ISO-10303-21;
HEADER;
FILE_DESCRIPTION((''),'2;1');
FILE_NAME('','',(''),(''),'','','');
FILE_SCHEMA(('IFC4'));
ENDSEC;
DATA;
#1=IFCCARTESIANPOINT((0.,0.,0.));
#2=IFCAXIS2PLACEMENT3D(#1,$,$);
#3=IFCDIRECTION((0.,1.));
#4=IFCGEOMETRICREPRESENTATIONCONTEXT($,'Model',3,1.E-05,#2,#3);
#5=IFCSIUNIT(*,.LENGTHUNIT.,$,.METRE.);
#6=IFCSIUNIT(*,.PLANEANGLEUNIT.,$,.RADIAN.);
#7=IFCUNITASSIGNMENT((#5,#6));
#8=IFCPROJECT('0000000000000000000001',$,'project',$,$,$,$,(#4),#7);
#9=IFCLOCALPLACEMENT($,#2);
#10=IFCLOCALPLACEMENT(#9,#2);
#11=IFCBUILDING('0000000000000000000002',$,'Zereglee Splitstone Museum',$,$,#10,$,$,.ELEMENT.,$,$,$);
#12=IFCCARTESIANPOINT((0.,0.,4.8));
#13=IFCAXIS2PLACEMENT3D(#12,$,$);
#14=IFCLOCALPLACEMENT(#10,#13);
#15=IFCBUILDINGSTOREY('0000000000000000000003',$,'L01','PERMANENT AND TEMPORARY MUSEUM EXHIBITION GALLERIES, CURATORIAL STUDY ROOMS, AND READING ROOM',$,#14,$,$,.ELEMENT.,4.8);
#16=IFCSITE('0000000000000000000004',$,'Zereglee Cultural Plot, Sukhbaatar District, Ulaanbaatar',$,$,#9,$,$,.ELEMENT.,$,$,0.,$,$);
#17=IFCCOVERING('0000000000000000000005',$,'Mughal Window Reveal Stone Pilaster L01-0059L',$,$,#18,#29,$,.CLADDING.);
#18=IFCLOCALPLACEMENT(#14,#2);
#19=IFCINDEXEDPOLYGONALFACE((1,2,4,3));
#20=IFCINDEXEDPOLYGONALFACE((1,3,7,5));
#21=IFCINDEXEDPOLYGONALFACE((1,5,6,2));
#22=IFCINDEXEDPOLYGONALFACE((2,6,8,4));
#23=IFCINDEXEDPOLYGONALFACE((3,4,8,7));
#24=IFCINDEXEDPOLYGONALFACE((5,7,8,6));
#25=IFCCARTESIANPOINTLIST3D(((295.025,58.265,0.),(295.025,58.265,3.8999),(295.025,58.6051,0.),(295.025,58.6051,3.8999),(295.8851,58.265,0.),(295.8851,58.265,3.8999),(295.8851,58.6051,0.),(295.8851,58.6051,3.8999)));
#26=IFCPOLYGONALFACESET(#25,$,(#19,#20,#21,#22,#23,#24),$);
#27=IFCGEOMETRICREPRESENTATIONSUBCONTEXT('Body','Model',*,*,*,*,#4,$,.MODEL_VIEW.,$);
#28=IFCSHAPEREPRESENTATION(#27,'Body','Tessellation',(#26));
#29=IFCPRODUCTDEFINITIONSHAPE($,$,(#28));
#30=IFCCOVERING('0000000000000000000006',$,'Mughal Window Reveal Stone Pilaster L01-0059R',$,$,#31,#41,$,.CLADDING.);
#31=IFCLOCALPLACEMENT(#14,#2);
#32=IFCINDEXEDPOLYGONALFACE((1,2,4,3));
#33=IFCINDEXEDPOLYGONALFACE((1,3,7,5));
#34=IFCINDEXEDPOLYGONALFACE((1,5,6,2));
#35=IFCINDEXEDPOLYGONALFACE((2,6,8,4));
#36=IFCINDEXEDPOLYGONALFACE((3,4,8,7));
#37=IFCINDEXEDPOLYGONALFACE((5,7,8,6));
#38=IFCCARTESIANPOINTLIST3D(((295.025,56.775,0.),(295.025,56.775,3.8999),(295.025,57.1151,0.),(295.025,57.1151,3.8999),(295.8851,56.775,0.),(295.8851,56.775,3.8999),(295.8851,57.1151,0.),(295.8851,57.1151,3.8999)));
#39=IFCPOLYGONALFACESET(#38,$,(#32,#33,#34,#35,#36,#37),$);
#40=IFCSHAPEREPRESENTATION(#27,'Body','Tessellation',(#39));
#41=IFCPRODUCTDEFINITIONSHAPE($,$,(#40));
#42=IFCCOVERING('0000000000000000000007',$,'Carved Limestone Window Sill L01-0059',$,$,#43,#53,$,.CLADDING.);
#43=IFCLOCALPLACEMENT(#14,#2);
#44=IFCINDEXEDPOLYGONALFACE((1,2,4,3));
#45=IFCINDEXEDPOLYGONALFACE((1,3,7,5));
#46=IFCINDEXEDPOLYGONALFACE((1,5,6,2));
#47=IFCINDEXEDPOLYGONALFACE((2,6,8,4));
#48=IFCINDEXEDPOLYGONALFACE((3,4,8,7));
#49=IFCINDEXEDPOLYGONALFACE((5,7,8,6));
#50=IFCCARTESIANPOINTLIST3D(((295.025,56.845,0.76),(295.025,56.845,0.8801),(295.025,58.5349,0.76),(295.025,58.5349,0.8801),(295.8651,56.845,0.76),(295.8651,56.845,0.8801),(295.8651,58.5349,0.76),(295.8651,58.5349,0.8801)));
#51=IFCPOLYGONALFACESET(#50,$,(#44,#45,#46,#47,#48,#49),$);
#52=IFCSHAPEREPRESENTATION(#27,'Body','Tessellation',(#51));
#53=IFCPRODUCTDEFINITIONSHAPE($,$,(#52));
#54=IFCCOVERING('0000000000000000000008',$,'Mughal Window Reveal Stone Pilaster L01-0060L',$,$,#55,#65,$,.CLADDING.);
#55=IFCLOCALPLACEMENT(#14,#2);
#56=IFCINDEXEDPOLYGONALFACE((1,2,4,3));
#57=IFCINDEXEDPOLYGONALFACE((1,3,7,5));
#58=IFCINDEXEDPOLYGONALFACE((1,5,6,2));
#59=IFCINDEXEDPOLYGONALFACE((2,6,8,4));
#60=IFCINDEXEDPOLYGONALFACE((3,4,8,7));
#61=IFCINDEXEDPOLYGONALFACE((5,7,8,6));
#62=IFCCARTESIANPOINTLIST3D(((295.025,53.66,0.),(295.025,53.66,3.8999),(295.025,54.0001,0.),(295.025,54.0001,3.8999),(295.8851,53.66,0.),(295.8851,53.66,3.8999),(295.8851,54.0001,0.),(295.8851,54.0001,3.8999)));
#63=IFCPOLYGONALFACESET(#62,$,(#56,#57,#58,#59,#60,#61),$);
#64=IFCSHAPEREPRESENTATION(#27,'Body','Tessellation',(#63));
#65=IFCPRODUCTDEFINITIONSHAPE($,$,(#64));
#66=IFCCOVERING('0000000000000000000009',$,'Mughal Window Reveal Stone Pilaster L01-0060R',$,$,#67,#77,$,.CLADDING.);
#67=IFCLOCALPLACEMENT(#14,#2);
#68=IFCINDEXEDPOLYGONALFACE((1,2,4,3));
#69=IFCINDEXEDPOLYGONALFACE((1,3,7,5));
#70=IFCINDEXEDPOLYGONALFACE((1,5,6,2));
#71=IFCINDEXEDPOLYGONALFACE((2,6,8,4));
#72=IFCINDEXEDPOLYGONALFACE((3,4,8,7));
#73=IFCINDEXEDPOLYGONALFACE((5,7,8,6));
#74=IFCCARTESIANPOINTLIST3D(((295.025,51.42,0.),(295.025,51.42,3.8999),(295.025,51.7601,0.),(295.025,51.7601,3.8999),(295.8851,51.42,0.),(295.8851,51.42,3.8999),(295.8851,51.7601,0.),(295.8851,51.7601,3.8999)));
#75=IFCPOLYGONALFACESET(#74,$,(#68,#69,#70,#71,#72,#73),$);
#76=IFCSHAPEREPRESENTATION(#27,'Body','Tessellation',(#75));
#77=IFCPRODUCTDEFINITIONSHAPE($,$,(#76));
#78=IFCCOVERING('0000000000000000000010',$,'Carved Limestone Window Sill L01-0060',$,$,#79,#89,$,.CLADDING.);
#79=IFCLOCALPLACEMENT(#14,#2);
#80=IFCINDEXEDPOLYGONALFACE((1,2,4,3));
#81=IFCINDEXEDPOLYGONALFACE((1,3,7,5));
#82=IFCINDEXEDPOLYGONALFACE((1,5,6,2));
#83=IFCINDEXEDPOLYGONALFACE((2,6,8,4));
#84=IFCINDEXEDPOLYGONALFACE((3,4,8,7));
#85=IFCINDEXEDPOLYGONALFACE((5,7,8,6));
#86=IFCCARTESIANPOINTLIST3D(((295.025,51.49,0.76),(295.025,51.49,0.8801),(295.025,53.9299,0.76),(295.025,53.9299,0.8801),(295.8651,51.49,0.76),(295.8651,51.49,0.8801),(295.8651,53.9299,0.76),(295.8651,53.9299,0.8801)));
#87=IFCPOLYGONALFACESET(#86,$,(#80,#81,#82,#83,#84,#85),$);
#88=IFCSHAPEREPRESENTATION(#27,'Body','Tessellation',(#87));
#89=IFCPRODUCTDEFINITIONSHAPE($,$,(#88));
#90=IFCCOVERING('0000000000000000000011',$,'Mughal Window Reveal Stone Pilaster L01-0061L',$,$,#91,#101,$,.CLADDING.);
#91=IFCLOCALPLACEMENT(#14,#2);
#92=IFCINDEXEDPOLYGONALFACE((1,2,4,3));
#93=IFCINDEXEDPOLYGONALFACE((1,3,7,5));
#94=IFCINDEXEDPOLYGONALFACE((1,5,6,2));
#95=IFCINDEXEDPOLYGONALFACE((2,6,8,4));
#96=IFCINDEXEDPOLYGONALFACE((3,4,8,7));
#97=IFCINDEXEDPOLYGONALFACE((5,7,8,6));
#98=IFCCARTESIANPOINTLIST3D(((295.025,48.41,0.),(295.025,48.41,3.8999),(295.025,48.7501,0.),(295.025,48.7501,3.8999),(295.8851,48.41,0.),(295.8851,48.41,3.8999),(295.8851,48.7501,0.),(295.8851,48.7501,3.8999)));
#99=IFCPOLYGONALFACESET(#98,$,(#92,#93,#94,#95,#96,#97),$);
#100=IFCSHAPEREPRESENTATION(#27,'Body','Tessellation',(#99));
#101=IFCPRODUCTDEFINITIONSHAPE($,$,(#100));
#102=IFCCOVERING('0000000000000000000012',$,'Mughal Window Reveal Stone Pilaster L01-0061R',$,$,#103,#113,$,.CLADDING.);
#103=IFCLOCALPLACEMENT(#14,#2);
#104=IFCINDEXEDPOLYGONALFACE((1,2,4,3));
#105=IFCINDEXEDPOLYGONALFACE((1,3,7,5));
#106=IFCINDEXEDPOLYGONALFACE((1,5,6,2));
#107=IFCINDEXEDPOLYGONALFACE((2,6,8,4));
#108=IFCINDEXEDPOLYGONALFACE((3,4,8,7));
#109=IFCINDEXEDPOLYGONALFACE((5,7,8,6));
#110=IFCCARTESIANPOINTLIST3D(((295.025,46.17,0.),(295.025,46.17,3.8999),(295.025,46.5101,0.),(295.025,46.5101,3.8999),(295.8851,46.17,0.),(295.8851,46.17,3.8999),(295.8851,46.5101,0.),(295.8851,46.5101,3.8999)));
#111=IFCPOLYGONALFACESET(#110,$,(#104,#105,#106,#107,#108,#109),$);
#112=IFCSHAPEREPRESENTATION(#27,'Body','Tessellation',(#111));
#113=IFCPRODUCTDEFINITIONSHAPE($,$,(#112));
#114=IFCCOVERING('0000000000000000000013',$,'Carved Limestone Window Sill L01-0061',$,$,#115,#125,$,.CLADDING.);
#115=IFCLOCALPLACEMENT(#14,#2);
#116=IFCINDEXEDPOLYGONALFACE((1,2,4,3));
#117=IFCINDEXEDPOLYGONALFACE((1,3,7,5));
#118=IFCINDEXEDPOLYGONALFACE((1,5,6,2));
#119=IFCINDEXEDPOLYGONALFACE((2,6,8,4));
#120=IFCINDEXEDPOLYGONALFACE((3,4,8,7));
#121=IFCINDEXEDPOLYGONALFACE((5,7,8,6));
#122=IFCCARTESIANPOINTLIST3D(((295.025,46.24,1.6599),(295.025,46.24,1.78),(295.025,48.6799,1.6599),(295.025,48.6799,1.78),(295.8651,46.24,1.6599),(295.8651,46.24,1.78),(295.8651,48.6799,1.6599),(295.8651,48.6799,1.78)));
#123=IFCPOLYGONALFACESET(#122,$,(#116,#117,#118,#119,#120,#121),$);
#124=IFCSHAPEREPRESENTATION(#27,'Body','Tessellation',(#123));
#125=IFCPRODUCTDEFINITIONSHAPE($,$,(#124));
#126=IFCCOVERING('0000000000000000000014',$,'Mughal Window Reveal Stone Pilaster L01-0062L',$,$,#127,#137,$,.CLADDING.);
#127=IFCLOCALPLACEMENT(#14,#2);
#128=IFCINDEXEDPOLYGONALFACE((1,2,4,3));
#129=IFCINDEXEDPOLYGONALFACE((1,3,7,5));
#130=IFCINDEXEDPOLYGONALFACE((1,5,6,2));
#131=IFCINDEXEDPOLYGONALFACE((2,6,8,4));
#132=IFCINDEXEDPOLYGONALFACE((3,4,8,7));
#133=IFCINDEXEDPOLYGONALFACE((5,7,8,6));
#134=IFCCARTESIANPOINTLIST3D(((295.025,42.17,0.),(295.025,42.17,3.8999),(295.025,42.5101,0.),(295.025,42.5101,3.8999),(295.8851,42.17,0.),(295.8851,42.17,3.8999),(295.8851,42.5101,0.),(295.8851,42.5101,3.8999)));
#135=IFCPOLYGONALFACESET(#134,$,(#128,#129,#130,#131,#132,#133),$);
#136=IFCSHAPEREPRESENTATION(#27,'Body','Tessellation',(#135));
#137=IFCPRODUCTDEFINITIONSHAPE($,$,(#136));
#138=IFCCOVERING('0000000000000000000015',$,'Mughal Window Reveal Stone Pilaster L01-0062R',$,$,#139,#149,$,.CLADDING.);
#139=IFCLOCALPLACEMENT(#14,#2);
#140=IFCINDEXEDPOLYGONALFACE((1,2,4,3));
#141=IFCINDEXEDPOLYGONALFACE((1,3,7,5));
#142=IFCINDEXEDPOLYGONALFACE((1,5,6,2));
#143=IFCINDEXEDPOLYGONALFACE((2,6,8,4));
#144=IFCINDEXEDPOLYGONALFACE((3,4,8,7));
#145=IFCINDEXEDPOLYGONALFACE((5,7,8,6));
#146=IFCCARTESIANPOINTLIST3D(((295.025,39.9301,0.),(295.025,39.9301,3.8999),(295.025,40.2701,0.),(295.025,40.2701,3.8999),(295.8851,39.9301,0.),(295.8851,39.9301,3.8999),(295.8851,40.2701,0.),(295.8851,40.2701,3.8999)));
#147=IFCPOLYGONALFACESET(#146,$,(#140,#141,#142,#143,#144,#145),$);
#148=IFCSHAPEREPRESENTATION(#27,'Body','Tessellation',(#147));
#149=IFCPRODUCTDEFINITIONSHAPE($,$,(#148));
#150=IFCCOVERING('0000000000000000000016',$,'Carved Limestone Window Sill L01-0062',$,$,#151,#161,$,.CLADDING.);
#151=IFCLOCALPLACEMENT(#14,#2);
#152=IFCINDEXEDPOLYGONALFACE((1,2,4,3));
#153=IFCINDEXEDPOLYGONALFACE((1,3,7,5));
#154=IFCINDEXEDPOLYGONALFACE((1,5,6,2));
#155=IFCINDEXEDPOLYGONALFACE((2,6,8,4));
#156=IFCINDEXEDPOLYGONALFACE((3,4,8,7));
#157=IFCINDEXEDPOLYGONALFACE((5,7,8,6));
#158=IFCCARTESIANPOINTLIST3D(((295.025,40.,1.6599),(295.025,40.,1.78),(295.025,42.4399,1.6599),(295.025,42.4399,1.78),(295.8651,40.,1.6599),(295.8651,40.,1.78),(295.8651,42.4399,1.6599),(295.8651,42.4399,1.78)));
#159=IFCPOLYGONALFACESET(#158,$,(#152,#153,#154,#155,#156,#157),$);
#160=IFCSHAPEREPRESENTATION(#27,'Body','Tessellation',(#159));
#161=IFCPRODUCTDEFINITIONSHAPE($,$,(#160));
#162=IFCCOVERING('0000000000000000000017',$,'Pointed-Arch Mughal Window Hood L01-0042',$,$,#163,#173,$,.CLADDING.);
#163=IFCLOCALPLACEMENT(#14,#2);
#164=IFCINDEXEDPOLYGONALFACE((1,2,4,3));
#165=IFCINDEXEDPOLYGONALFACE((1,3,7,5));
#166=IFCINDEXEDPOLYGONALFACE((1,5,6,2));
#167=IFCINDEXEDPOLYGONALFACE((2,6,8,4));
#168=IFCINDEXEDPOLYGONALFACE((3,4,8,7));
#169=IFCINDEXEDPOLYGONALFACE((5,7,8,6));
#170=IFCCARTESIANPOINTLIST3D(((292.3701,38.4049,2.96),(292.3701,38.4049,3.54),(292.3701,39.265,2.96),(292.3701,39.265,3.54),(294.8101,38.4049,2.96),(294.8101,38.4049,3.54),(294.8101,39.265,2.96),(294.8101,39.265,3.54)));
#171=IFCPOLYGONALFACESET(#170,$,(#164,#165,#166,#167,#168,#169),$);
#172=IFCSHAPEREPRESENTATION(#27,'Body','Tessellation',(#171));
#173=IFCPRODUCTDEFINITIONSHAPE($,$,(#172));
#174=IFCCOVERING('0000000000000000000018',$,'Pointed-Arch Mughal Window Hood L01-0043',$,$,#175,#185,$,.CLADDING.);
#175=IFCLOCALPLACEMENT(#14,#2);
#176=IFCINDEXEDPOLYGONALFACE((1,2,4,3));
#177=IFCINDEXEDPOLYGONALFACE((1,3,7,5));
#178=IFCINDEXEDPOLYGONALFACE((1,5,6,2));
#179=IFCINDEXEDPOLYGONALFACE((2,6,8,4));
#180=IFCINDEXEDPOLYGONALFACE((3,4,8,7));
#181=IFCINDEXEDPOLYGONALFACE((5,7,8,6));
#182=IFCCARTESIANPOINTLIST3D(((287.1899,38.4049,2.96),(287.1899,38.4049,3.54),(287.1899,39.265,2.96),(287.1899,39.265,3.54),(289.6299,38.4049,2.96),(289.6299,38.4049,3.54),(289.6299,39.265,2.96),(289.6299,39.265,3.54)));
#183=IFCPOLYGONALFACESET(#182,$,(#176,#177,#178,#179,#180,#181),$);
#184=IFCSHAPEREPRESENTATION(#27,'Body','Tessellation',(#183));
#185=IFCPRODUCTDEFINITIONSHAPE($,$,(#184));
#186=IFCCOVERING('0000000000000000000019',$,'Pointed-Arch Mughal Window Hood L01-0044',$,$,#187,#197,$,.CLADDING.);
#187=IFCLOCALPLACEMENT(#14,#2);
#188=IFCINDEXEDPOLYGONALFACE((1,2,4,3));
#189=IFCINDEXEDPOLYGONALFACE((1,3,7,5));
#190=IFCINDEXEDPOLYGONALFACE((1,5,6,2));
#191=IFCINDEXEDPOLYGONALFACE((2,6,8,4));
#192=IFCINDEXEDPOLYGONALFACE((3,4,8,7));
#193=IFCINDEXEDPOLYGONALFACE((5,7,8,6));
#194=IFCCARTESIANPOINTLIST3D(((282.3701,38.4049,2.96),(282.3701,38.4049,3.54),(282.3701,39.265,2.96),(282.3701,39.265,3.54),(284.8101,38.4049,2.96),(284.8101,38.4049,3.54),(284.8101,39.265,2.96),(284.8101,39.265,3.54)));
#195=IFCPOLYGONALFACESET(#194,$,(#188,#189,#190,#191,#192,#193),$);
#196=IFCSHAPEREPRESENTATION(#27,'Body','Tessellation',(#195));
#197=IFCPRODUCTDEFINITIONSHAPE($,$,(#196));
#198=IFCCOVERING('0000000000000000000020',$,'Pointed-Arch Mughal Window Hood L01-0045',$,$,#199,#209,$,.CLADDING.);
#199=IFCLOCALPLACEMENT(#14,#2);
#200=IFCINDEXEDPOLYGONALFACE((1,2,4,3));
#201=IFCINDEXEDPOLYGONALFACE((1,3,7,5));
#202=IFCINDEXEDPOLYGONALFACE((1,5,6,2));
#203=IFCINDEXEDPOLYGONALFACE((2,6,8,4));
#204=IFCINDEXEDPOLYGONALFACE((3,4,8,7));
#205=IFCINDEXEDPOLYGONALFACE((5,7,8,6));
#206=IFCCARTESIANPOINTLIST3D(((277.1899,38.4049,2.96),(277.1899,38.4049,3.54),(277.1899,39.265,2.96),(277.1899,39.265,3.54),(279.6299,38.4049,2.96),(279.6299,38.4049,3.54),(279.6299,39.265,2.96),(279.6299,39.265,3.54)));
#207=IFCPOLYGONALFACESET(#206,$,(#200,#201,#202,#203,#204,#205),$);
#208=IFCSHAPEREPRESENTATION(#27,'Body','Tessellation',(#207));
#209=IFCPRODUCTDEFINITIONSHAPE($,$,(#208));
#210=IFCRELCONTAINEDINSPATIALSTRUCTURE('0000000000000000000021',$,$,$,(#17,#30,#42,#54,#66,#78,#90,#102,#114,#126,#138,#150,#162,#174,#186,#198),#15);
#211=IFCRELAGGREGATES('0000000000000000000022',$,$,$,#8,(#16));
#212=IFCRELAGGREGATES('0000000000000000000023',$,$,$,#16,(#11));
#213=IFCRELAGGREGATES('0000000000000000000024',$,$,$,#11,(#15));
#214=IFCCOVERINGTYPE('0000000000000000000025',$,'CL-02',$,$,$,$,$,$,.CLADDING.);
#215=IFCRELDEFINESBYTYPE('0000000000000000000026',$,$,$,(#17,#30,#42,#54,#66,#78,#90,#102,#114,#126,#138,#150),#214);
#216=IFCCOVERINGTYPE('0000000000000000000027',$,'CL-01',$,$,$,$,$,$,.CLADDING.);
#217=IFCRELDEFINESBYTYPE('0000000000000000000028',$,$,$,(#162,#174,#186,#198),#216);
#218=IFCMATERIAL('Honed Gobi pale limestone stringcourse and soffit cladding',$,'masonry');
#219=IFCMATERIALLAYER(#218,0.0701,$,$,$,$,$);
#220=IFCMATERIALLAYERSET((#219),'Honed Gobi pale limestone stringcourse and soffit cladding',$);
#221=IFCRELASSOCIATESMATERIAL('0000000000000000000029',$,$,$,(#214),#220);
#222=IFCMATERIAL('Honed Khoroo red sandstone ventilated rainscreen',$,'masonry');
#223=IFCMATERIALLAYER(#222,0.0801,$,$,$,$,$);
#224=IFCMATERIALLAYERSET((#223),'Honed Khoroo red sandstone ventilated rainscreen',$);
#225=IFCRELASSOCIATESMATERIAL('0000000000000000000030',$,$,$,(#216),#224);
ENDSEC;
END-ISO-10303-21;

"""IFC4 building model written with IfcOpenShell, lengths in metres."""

from ifc_helpers import new_model, si_unit, direction, frame, origin, origin_2d, place, context, subcontext, project, spatial, rectangle, extrude, material, layer, layer_set, type_object, element, save


model = new_model("IFC4")

# Units and contexts
model_context = context("Model", 3, precision=1e-05, world=origin(), true_north=direction((0.0, 1.0)))
body_context = subcontext(model_context, "Body", "Model", "MODEL_VIEW")
ifc_project = project(units=[si_unit("LENGTHUNIT", "METRE"), si_unit("PLANEANGLEUNIT", "RADIAN")], contexts=[model_context])

# Site, building, storey
site_placement = place(None, origin())
site = spatial("IfcSite", under=ifc_project, at=site_placement, Name="Zereglee Cultural Plot, Sukhbaatar District, Ulaanbaatar", CompositionType="ELEMENT", RefElevation=0.0)
building_placement = place(site_placement, origin())
building = spatial("IfcBuilding", under=site, at=building_placement, Name="Zereglee Splitstone Museum", CompositionType="ELEMENT")
storey_placement = place(building_placement, frame((0.0, 0.0, 4.8)))
storey = spatial("IfcBuildingStorey", under=building, at=storey_placement, Name="L01", Description="PERMANENT AND TEMPORARY MUSEUM EXHIBITION GALLERIES, CURATORIAL STUDY ROOMS, AND READING ROOM", CompositionType="ELEMENT", Elevation=4.8)

# Coverings
ifc_material_1 = material(Name="Honed Gobi pale limestone stringcourse and soffit cladding", Category="masonry")
ifc_layer_1 = layer(ifc_material_1, 0.0701)
ifc_layer_set_1 = layer_set([ifc_layer_1], Name="Honed Gobi pale limestone stringcourse and soffit cladding")
covering_type_1 = type_object("IfcCoveringType", Name="CL-02", PredefinedType="CLADDING", material=ifc_layer_set_1)
for number, where, z_axis, x_axis, name in (
    (1, (295.4551, 58.4351, 0.0), (0.0, 0.0, 1.0), (0.0, -1.0, 0.0), "Mughal Window Reveal Stone Pilaster L01-0059L"),
    (2, (295.4551, 56.9451, 0.0), (0.0, 0.0, 1.0), (0.0, -1.0, 0.0), "Mughal Window Reveal Stone Pilaster L01-0059R"),
):
    element("IfcCovering", number, at=place(storey_placement, frame(where, z_axis=z_axis, x_axis=x_axis)), inside=storey, type_object=covering_type_1, Name=name, PredefinedType="CLADDING", context=body_context, shape_type="SweptSolid", body=[
        extrude(rectangle(XDim=0.3401, YDim=0.8601, at=origin_2d()), origin(), (0.0, 0.0, 1.0), 3.8999),
    ])
covering_1_placement = place(storey_placement, frame((295.4451, 57.6899, 0.76), z_axis=(0.0, 0.0, 1.0), x_axis=(0.0, -1.0, 0.0)))
element("IfcCovering", 3, at=covering_1_placement, inside=storey, type_object=covering_type_1, Name="Carved Limestone Window Sill L01-0059", PredefinedType="CLADDING", context=body_context, shape_type="SweptSolid", body=[
    extrude(rectangle(XDim=1.6899, YDim=0.8401, at=origin_2d()), origin(), (0.0, 0.0, 1.0), 0.1201),
])
for number, where, z_axis, x_axis, name in (
    (4, (295.4551, 53.8301, 0.0), (0.0, 0.0, 1.0), (0.0, -1.0, 0.0), "Mughal Window Reveal Stone Pilaster L01-0060L"),
    (5, (295.4551, 51.5901, 0.0), (0.0, 0.0, 1.0), (0.0, -1.0, 0.0), "Mughal Window Reveal Stone Pilaster L01-0060R"),
):
    element("IfcCovering", number, at=place(storey_placement, frame(where, z_axis=z_axis, x_axis=x_axis)), inside=storey, type_object=covering_type_1, Name=name, PredefinedType="CLADDING", context=body_context, shape_type="SweptSolid", body=[
        extrude(rectangle(XDim=0.3401, YDim=0.8601, at=origin_2d()), origin(), (0.0, 0.0, 1.0), 3.8999),
    ])
covering_2_placement = place(storey_placement, frame((295.4451, 52.71, 0.76), z_axis=(0.0, 0.0, 1.0), x_axis=(0.0, -1.0, 0.0)))
element("IfcCovering", 6, at=covering_2_placement, inside=storey, type_object=covering_type_1, Name="Carved Limestone Window Sill L01-0060", PredefinedType="CLADDING", context=body_context, shape_type="SweptSolid", body=[
    extrude(rectangle(XDim=2.4399, YDim=0.8401, at=origin_2d()), origin(), (0.0, 0.0, 1.0), 0.1201),
])
for number, where, z_axis, x_axis, name in (
    (7, (295.4551, 48.5801, 0.0), (0.0, 0.0, 1.0), (0.0, -1.0, 0.0), "Mughal Window Reveal Stone Pilaster L01-0061L"),
    (8, (295.4551, 46.3401, 0.0), (0.0, 0.0, 1.0), (0.0, -1.0, 0.0), "Mughal Window Reveal Stone Pilaster L01-0061R"),
):
    element("IfcCovering", number, at=place(storey_placement, frame(where, z_axis=z_axis, x_axis=x_axis)), inside=storey, type_object=covering_type_1, Name=name, PredefinedType="CLADDING", context=body_context, shape_type="SweptSolid", body=[
        extrude(rectangle(XDim=0.3401, YDim=0.8601, at=origin_2d()), origin(), (0.0, 0.0, 1.0), 3.8999),
    ])
covering_3_placement = place(storey_placement, frame((295.4451, 47.46, 1.6599), z_axis=(0.0, 0.0, 1.0), x_axis=(0.0, -1.0, 0.0)))
element("IfcCovering", 9, at=covering_3_placement, inside=storey, type_object=covering_type_1, Name="Carved Limestone Window Sill L01-0061", PredefinedType="CLADDING", context=body_context, shape_type="SweptSolid", body=[
    extrude(rectangle(XDim=2.4399, YDim=0.8401, at=origin_2d()), origin(), (0.0, 0.0, 1.0), 0.1201),
])
for number, where, z_axis, x_axis, name in (
    (10, (295.4551, 42.3401, 0.0), (0.0, 0.0, 1.0), (0.0, -1.0, 0.0), "Mughal Window Reveal Stone Pilaster L01-0062L"),
    (11, (295.4551, 40.1001, 0.0), (0.0, 0.0, 1.0), (0.0, -1.0, 0.0), "Mughal Window Reveal Stone Pilaster L01-0062R"),
):
    element("IfcCovering", number, at=place(storey_placement, frame(where, z_axis=z_axis, x_axis=x_axis)), inside=storey, type_object=covering_type_1, Name=name, PredefinedType="CLADDING", context=body_context, shape_type="SweptSolid", body=[
        extrude(rectangle(XDim=0.3401, YDim=0.8601, at=origin_2d()), origin(), (0.0, 0.0, 1.0), 3.8999),
    ])
covering_4_placement = place(storey_placement, frame((295.4451, 41.22, 1.6599), z_axis=(0.0, 0.0, 1.0), x_axis=(0.0, -1.0, 0.0)))
element("IfcCovering", 12, at=covering_4_placement, inside=storey, type_object=covering_type_1, Name="Carved Limestone Window Sill L01-0062", PredefinedType="CLADDING", context=body_context, shape_type="SweptSolid", body=[
    extrude(rectangle(XDim=2.4399, YDim=0.8401, at=origin_2d()), origin(), (0.0, 0.0, 1.0), 0.1201),
])
ifc_material_2 = material(Name="Honed Khoroo red sandstone ventilated rainscreen", Category="masonry")
ifc_layer_2 = layer(ifc_material_2, 0.0801)
ifc_layer_set_2 = layer_set([ifc_layer_2], Name="Honed Khoroo red sandstone ventilated rainscreen")
covering_type_2 = type_object("IfcCoveringType", Name="CL-01", PredefinedType="CLADDING", material=ifc_layer_set_2)
for number, where, z_axis, x_axis, name in (
    (13, (293.5901, 38.835, 2.96), (0.0, 0.0, 1.0), (-1.0, 0.0, 0.0), "Pointed-Arch Mughal Window Hood L01-0042"),
    (14, (288.4099, 38.835, 2.96), (0.0, 0.0, 1.0), (-1.0, 0.0, 0.0), "Pointed-Arch Mughal Window Hood L01-0043"),
    (15, (283.5901, 38.835, 2.96), (0.0, 0.0, 1.0), (-1.0, 0.0, 0.0), "Pointed-Arch Mughal Window Hood L01-0044"),
    (16, (278.4099, 38.835, 2.96), (0.0, 0.0, 1.0), (-1.0, 0.0, 0.0), "Pointed-Arch Mughal Window Hood L01-0045"),
):
    element("IfcCovering", number, at=place(storey_placement, frame(where, z_axis=z_axis, x_axis=x_axis)), inside=storey, type_object=covering_type_2, Name=name, PredefinedType="CLADDING", context=body_context, shape_type="SweptSolid", body=[
        extrude(rectangle(XDim=2.4399, YDim=0.8601, at=origin_2d()), origin(), (0.0, 0.0, 1.0), 0.5801),
    ])

save(model, "model.ifc")
